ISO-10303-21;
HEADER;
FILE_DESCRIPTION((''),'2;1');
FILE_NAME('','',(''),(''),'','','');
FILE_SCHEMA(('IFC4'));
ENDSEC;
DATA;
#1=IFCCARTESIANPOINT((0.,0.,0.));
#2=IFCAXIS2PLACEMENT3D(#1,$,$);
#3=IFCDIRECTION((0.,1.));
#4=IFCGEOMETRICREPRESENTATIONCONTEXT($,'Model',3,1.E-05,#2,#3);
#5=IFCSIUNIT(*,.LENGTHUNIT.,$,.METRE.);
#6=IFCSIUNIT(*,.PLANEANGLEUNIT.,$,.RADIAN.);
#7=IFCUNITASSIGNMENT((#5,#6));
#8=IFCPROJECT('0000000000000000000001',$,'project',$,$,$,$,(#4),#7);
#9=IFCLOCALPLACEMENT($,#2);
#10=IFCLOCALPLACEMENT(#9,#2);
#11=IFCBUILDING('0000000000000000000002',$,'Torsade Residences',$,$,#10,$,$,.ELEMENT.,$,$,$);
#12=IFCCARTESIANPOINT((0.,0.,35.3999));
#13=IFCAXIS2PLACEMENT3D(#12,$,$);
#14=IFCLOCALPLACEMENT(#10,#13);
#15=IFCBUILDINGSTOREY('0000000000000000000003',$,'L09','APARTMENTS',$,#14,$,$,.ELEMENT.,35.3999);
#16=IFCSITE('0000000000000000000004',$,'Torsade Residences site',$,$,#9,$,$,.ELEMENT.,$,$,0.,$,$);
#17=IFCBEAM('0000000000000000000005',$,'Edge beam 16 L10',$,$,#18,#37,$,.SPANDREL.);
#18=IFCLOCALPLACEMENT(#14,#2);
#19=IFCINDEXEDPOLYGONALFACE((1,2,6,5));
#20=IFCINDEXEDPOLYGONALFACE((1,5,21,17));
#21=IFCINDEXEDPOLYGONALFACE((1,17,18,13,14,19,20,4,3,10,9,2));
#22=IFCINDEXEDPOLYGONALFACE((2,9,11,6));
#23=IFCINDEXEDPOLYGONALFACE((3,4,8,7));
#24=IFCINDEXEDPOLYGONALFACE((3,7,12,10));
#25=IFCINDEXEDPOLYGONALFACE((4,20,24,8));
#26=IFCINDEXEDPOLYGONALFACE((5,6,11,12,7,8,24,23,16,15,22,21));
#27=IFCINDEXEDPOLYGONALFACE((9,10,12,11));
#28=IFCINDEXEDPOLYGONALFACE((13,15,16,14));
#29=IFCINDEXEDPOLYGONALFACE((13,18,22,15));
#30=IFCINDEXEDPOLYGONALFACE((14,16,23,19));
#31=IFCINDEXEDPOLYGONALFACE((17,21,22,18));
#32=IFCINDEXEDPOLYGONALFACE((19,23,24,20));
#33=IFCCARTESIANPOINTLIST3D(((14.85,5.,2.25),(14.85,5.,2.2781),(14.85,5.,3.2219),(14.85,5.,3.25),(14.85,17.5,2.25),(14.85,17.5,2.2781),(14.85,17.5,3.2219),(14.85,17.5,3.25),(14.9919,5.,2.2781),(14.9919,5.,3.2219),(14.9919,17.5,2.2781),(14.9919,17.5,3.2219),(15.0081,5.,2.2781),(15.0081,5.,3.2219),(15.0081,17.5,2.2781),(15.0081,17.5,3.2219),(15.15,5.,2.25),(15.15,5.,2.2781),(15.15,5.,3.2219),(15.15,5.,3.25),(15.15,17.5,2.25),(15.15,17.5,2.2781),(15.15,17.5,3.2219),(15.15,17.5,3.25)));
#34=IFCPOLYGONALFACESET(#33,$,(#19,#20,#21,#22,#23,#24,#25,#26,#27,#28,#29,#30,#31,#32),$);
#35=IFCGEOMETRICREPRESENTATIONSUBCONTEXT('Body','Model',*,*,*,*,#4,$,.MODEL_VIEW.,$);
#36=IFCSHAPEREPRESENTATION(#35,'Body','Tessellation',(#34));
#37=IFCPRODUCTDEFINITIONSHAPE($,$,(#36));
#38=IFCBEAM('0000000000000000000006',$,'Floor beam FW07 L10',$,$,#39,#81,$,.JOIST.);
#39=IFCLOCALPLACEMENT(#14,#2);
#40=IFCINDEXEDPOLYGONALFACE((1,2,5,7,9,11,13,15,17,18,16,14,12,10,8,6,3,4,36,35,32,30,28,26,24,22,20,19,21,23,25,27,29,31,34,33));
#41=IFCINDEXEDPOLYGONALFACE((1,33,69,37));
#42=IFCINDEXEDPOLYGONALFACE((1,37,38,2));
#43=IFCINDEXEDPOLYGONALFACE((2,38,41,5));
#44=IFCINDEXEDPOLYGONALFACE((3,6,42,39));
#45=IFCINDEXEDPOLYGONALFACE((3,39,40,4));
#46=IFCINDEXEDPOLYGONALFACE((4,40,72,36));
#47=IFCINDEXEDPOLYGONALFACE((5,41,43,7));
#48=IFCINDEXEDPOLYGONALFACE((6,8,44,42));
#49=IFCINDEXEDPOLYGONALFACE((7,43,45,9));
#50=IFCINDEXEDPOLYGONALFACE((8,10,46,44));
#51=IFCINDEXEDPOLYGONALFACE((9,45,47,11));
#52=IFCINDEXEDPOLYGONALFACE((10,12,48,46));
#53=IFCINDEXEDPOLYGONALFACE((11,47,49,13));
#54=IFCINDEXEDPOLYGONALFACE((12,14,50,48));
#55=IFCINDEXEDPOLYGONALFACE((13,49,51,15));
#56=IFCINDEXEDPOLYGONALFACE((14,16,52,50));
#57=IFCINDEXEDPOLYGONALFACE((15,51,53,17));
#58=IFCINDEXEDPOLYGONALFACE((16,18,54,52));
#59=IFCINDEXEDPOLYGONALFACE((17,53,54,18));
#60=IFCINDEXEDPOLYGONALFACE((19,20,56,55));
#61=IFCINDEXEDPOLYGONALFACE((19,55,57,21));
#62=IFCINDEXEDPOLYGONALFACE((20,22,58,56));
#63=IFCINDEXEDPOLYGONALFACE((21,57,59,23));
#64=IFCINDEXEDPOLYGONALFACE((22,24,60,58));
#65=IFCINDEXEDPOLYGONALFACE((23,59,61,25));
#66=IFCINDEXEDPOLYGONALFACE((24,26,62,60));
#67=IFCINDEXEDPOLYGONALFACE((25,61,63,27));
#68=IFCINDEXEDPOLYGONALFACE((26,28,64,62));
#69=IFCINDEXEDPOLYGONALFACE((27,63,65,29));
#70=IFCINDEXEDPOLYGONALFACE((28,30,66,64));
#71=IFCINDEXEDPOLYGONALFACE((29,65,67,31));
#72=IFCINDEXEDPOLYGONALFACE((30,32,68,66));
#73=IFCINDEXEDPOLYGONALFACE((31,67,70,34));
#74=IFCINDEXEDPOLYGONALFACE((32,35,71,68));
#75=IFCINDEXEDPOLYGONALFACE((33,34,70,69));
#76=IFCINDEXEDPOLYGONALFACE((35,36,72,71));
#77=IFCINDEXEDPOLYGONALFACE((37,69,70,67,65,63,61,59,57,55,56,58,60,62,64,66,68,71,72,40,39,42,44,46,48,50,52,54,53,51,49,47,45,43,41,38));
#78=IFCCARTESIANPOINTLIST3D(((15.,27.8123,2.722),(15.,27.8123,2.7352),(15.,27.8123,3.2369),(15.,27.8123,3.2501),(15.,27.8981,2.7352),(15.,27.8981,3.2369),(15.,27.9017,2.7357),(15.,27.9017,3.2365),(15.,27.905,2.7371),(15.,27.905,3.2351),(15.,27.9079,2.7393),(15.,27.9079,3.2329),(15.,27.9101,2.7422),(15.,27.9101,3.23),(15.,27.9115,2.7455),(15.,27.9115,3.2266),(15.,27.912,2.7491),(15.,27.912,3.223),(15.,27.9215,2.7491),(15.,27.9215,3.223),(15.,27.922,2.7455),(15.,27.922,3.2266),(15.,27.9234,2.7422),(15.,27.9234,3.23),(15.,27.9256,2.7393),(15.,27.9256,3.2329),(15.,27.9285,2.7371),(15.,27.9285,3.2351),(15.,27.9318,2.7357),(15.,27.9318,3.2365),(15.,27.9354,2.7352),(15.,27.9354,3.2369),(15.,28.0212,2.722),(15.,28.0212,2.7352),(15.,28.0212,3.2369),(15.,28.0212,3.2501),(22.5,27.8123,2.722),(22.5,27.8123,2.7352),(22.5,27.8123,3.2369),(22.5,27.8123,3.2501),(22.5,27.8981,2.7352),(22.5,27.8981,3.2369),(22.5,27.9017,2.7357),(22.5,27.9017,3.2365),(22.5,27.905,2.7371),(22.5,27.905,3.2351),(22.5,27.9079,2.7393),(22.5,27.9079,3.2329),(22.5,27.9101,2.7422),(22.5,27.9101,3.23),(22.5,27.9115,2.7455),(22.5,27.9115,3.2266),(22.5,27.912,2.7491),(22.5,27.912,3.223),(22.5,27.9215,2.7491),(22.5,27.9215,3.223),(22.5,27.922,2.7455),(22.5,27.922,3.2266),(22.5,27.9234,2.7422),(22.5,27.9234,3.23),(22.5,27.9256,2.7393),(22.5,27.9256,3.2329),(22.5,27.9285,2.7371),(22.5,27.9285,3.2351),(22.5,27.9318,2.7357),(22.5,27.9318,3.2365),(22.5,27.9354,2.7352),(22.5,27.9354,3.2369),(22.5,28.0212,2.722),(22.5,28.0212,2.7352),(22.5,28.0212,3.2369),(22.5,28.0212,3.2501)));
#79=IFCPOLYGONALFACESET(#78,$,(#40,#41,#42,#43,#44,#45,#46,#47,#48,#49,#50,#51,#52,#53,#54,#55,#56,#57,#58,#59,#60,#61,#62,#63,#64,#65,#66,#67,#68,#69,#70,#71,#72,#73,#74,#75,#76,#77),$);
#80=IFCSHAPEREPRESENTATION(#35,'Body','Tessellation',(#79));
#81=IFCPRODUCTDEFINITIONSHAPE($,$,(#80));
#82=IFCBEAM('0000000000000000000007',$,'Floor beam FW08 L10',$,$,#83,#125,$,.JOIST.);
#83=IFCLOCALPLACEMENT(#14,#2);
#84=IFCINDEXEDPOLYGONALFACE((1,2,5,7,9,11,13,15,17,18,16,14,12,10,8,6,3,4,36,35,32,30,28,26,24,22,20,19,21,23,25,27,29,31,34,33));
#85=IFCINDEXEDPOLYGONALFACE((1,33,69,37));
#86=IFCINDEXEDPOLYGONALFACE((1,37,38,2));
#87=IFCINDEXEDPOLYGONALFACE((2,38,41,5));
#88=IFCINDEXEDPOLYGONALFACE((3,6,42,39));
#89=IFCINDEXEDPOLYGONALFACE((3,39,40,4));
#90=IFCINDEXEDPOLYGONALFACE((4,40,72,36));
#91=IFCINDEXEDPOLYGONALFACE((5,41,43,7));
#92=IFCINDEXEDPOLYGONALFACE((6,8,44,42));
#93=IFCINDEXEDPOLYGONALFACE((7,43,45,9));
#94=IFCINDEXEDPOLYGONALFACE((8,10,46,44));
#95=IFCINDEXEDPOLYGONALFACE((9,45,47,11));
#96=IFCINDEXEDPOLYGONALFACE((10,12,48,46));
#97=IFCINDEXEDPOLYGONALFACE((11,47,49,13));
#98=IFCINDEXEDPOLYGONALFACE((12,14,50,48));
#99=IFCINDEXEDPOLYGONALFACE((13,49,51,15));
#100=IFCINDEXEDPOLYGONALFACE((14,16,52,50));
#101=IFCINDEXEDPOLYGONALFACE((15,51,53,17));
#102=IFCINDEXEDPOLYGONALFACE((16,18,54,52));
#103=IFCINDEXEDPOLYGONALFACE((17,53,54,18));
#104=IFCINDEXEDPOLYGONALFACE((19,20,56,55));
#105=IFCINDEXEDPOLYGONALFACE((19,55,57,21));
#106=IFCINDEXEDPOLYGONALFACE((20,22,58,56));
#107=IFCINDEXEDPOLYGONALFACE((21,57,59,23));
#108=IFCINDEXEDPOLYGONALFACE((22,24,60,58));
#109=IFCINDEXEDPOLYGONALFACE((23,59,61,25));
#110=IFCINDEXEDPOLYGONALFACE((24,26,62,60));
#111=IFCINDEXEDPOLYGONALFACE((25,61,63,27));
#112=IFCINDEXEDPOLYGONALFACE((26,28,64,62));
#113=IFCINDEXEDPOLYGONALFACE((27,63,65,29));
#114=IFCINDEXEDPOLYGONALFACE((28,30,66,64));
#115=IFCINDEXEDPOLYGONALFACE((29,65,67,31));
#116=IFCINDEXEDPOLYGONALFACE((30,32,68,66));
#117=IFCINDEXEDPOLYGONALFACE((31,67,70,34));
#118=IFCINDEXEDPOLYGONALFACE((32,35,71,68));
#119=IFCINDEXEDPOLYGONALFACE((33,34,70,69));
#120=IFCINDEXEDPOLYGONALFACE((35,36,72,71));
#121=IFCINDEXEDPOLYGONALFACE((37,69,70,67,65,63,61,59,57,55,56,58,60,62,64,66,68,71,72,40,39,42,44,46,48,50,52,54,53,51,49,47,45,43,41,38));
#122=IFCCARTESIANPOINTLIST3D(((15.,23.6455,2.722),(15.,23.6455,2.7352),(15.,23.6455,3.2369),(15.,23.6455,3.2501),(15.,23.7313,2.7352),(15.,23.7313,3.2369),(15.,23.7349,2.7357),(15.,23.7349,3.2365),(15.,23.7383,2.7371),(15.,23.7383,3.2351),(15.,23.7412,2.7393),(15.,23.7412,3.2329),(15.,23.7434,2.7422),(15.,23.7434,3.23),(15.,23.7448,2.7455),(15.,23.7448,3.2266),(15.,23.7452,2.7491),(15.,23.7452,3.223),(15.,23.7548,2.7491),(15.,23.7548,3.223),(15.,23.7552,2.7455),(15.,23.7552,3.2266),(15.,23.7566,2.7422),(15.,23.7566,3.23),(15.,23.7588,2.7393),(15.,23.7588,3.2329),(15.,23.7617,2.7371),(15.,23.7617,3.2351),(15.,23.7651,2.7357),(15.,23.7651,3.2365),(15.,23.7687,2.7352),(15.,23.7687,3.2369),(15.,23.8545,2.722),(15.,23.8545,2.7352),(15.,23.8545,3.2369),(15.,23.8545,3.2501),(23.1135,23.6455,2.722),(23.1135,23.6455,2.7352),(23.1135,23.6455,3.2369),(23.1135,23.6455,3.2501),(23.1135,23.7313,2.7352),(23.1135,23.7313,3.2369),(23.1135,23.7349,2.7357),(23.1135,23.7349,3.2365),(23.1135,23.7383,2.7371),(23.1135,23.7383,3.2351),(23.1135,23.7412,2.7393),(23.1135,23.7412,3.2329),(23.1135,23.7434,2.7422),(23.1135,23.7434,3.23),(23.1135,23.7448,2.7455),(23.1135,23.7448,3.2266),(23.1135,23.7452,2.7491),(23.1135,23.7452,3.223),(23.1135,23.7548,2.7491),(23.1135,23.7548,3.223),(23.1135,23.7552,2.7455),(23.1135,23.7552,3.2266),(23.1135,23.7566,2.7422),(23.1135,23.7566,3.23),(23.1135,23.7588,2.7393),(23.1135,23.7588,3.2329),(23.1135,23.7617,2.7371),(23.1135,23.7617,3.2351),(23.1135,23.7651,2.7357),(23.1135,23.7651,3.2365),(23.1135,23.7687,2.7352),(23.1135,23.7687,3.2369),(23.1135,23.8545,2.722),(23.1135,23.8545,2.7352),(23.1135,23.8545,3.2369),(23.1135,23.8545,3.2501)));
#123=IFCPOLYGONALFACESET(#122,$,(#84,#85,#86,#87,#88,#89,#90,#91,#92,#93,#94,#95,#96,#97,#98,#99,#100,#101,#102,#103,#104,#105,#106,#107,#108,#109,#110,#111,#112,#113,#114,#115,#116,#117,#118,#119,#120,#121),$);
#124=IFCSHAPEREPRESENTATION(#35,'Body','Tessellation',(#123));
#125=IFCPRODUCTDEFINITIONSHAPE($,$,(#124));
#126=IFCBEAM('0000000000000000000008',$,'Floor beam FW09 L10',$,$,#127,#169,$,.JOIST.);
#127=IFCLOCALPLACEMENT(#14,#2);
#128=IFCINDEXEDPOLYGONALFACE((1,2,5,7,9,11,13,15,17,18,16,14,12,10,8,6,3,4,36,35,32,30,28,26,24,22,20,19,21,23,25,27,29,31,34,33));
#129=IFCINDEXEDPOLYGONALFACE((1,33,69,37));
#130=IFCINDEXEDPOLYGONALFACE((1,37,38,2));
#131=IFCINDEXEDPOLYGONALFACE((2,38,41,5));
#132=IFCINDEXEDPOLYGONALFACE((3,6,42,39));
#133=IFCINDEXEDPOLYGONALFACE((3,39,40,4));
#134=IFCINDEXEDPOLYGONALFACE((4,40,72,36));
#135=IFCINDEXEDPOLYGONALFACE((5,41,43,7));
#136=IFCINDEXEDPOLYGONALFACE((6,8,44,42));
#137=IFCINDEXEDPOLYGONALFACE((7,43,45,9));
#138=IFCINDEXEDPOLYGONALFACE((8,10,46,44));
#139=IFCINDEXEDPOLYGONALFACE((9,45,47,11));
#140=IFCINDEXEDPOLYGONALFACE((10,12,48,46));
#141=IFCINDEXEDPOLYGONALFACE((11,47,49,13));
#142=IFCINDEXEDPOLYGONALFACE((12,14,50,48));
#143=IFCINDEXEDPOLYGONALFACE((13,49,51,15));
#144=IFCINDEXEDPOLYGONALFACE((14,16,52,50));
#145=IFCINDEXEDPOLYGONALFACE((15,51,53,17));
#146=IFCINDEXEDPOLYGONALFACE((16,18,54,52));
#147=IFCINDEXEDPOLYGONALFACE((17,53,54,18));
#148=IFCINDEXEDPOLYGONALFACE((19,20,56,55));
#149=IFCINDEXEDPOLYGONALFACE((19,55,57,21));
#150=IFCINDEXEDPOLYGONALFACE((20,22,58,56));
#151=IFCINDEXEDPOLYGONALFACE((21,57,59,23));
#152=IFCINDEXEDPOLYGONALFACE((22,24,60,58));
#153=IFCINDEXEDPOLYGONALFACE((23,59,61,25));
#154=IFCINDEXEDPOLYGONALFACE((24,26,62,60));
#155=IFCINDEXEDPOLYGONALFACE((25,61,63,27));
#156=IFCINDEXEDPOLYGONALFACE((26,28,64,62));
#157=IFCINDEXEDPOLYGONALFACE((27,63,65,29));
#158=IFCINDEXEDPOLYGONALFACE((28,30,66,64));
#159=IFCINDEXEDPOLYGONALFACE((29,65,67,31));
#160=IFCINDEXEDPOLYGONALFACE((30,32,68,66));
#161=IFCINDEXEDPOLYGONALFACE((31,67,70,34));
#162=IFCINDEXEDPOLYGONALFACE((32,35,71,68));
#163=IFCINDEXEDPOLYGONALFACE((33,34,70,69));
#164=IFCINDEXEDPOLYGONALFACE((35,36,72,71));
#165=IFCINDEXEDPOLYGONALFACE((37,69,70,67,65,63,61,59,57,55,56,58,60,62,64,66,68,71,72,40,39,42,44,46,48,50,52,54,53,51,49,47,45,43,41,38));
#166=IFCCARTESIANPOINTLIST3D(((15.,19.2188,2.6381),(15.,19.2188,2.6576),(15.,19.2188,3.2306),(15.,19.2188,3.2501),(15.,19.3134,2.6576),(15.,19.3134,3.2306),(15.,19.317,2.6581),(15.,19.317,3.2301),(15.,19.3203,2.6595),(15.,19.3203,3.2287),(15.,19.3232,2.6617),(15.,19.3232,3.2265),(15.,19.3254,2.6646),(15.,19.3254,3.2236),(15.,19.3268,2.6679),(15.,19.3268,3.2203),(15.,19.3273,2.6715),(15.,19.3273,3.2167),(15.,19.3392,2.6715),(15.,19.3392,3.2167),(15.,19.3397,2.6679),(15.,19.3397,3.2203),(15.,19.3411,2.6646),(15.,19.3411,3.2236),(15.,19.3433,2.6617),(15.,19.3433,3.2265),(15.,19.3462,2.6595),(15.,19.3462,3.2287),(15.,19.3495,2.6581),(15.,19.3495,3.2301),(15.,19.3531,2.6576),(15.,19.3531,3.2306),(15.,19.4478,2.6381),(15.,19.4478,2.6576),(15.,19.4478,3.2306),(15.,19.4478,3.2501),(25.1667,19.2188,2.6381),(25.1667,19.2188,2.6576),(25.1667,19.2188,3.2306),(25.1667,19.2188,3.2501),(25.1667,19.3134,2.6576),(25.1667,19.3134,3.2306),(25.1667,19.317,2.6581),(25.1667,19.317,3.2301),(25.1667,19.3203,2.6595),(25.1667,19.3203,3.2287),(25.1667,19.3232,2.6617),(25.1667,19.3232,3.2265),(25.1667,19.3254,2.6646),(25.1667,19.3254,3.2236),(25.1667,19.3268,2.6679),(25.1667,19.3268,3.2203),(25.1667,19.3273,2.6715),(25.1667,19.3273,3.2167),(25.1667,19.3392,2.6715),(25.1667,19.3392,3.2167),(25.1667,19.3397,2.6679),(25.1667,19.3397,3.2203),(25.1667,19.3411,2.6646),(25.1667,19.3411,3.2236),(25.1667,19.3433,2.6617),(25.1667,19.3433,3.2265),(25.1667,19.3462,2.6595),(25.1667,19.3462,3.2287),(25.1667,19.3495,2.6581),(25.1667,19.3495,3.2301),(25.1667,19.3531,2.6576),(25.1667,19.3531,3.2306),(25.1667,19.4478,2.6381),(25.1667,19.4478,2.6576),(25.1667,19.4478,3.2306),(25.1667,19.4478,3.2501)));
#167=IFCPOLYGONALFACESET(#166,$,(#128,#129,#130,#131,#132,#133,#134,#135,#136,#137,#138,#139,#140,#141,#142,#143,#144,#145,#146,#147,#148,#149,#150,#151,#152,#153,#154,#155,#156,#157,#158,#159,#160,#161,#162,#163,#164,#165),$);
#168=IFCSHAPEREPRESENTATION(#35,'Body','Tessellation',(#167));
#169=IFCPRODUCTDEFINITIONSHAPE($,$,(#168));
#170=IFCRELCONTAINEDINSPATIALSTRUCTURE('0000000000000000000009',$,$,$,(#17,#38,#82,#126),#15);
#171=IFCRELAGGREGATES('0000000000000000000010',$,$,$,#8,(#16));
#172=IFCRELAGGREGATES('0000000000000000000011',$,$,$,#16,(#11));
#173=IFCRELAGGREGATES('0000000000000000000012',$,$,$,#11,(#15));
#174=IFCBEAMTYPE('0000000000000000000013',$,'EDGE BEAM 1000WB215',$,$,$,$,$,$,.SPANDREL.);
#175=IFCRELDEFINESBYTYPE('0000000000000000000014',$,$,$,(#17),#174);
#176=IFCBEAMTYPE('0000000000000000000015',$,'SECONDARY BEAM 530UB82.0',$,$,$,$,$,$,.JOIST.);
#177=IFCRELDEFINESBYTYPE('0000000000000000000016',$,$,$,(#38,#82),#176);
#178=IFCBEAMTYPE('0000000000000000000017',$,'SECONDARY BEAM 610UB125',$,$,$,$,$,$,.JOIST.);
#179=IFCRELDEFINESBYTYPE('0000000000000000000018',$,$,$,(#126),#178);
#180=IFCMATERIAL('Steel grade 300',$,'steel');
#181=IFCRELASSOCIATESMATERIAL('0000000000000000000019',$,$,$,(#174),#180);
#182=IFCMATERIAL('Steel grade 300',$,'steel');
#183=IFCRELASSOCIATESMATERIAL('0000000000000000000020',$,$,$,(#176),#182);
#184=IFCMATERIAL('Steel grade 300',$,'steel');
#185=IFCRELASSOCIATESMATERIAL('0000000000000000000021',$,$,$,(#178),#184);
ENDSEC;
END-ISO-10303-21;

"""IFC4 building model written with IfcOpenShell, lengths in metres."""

from ifc_helpers import new_model, si_unit, direction, frame, origin, origin_2d, place, context, subcontext, project, spatial, i_section, extrude, material, material_profile, profile_set, type_object, element, save


model = new_model("IFC4")

# Units and contexts
model_context = context("Model", 3, precision=1e-05, world=origin(), true_north=direction((0.0, 1.0)))
body_context = subcontext(model_context, "Body", "Model", "MODEL_VIEW")
ifc_project = project(units=[si_unit("LENGTHUNIT", "METRE"), si_unit("PLANEANGLEUNIT", "RADIAN")], contexts=[model_context])

# Site, building, storey
site_placement = place(None, origin())
site = spatial("IfcSite", under=ifc_project, at=site_placement, Name="Torsade Residences site", CompositionType="ELEMENT", RefElevation=0.0)
building_placement = place(site_placement, origin())
building = spatial("IfcBuilding", under=site, at=building_placement, Name="Torsade Residences", CompositionType="ELEMENT")
storey_placement = place(building_placement, frame((0.0, 0.0, 35.3999)))
storey = spatial("IfcBuildingStorey", under=building, at=storey_placement, Name="L09", Description="APARTMENTS", CompositionType="ELEMENT", Elevation=35.3999)

# Beams
ifc_material_1 = material(Name="Steel grade 300", Category="steel")
ifc_material_profile_1 = material_profile(ifc_material_1, i_section(OverallWidth=0.3, OverallDepth=1.0, WebThickness=0.0161, FlangeThickness=0.0281, at=origin_2d()), Name="1000WB215")
ifc_profile_set_1 = profile_set([ifc_material_profile_1], Name="Steel grade 300")
beam_type_1 = type_object("IfcBeamType", Name="EDGE BEAM 1000WB215", PredefinedType="SPANDREL", material=ifc_profile_set_1)
for number, where, z_axis, x_axis, name in (
    (1, (15.0, 17.5, 2.75), (0.0, -1.0, 0.0), (1.0, 0.0, 0.0), "Edge beam 16 L10"),
):
    element("IfcBeam", number, at=place(storey_placement, frame(where, z_axis=z_axis, x_axis=x_axis)), inside=storey, type_object=beam_type_1, Name=name, PredefinedType="SPANDREL", context=body_context, shape_type="SweptSolid", body=[
        extrude(i_section(OverallWidth=0.3, OverallDepth=1.0, WebThickness=0.0161, FlangeThickness=0.0281, at=origin_2d()), origin(), (0.0, 0.0, 1.0), 12.5),
    ])
ifc_material_2 = material(Name="Steel grade 300", Category="steel")
ifc_material_profile_2 = material_profile(ifc_material_2, i_section(OverallWidth=0.209, OverallDepth=0.5281, WebThickness=0.0095, FlangeThickness=0.0132, FilletRadius=0.0139, at=origin_2d()), Name="530UB82.0")
ifc_profile_set_2 = profile_set([ifc_material_profile_2], Name="Steel grade 300")
beam_type_2 = type_object("IfcBeamType", Name="SECONDARY BEAM 530UB82.0", PredefinedType="JOIST", material=ifc_profile_set_2)
beam_1_placement = place(storey_placement, frame((15.0, 27.9167, 2.9861), z_axis=(1.0, 0.0, 0.0), x_axis=(0.0, 1.0, 0.0)))
element("IfcBeam", 2, at=beam_1_placement, inside=storey, type_object=beam_type_2, Name="Floor beam FW07 L10", PredefinedType="JOIST", context=body_context, shape_type="SweptSolid", body=[
    extrude(i_section(OverallWidth=0.209, OverallDepth=0.5281, WebThickness=0.0095, FlangeThickness=0.0132, FilletRadius=0.0139, at=origin_2d()), origin(), (0.0, 0.0, 1.0), 7.5),
])
beam_2_placement = place(storey_placement, frame((15.0, 23.75, 2.9861), z_axis=(1.0, 0.0, 0.0), x_axis=(0.0, 1.0, 0.0)))
element("IfcBeam", 3, at=beam_2_placement, inside=storey, type_object=beam_type_2, Name="Floor beam FW08 L10", PredefinedType="JOIST", context=body_context, shape_type="SweptSolid", body=[
    extrude(i_section(OverallWidth=0.209, OverallDepth=0.5281, WebThickness=0.0095, FlangeThickness=0.0132, FilletRadius=0.0139, at=origin_2d()), origin(), (0.0, 0.0, 1.0), 8.1135),
])
ifc_material_3 = material(Name="Steel grade 300", Category="steel")
ifc_material_profile_3 = material_profile(ifc_material_3, i_section(OverallWidth=0.229, OverallDepth=0.6121, WebThickness=0.012, FlangeThickness=0.0195, FilletRadius=0.0139, at=origin_2d()), Name="610UB125")
ifc_profile_set_3 = profile_set([ifc_material_profile_3], Name="Steel grade 300")
beam_type_3 = type_object("IfcBeamType", Name="SECONDARY BEAM 610UB125", PredefinedType="JOIST", material=ifc_profile_set_3)
beam_3_placement = place(storey_placement, frame((15.0, 19.3333, 2.9441), z_axis=(1.0, 0.0, 0.0), x_axis=(0.0, 1.0, 0.0)))
element("IfcBeam", 4, at=beam_3_placement, inside=storey, type_object=beam_type_3, Name="Floor beam FW09 L10", PredefinedType="JOIST", context=body_context, shape_type="SweptSolid", body=[
    extrude(i_section(OverallWidth=0.229, OverallDepth=0.6121, WebThickness=0.012, FlangeThickness=0.0195, FilletRadius=0.0139, at=origin_2d()), origin(), (0.0, 0.0, 1.0), 10.1667),
])

save(model, "model.ifc")
